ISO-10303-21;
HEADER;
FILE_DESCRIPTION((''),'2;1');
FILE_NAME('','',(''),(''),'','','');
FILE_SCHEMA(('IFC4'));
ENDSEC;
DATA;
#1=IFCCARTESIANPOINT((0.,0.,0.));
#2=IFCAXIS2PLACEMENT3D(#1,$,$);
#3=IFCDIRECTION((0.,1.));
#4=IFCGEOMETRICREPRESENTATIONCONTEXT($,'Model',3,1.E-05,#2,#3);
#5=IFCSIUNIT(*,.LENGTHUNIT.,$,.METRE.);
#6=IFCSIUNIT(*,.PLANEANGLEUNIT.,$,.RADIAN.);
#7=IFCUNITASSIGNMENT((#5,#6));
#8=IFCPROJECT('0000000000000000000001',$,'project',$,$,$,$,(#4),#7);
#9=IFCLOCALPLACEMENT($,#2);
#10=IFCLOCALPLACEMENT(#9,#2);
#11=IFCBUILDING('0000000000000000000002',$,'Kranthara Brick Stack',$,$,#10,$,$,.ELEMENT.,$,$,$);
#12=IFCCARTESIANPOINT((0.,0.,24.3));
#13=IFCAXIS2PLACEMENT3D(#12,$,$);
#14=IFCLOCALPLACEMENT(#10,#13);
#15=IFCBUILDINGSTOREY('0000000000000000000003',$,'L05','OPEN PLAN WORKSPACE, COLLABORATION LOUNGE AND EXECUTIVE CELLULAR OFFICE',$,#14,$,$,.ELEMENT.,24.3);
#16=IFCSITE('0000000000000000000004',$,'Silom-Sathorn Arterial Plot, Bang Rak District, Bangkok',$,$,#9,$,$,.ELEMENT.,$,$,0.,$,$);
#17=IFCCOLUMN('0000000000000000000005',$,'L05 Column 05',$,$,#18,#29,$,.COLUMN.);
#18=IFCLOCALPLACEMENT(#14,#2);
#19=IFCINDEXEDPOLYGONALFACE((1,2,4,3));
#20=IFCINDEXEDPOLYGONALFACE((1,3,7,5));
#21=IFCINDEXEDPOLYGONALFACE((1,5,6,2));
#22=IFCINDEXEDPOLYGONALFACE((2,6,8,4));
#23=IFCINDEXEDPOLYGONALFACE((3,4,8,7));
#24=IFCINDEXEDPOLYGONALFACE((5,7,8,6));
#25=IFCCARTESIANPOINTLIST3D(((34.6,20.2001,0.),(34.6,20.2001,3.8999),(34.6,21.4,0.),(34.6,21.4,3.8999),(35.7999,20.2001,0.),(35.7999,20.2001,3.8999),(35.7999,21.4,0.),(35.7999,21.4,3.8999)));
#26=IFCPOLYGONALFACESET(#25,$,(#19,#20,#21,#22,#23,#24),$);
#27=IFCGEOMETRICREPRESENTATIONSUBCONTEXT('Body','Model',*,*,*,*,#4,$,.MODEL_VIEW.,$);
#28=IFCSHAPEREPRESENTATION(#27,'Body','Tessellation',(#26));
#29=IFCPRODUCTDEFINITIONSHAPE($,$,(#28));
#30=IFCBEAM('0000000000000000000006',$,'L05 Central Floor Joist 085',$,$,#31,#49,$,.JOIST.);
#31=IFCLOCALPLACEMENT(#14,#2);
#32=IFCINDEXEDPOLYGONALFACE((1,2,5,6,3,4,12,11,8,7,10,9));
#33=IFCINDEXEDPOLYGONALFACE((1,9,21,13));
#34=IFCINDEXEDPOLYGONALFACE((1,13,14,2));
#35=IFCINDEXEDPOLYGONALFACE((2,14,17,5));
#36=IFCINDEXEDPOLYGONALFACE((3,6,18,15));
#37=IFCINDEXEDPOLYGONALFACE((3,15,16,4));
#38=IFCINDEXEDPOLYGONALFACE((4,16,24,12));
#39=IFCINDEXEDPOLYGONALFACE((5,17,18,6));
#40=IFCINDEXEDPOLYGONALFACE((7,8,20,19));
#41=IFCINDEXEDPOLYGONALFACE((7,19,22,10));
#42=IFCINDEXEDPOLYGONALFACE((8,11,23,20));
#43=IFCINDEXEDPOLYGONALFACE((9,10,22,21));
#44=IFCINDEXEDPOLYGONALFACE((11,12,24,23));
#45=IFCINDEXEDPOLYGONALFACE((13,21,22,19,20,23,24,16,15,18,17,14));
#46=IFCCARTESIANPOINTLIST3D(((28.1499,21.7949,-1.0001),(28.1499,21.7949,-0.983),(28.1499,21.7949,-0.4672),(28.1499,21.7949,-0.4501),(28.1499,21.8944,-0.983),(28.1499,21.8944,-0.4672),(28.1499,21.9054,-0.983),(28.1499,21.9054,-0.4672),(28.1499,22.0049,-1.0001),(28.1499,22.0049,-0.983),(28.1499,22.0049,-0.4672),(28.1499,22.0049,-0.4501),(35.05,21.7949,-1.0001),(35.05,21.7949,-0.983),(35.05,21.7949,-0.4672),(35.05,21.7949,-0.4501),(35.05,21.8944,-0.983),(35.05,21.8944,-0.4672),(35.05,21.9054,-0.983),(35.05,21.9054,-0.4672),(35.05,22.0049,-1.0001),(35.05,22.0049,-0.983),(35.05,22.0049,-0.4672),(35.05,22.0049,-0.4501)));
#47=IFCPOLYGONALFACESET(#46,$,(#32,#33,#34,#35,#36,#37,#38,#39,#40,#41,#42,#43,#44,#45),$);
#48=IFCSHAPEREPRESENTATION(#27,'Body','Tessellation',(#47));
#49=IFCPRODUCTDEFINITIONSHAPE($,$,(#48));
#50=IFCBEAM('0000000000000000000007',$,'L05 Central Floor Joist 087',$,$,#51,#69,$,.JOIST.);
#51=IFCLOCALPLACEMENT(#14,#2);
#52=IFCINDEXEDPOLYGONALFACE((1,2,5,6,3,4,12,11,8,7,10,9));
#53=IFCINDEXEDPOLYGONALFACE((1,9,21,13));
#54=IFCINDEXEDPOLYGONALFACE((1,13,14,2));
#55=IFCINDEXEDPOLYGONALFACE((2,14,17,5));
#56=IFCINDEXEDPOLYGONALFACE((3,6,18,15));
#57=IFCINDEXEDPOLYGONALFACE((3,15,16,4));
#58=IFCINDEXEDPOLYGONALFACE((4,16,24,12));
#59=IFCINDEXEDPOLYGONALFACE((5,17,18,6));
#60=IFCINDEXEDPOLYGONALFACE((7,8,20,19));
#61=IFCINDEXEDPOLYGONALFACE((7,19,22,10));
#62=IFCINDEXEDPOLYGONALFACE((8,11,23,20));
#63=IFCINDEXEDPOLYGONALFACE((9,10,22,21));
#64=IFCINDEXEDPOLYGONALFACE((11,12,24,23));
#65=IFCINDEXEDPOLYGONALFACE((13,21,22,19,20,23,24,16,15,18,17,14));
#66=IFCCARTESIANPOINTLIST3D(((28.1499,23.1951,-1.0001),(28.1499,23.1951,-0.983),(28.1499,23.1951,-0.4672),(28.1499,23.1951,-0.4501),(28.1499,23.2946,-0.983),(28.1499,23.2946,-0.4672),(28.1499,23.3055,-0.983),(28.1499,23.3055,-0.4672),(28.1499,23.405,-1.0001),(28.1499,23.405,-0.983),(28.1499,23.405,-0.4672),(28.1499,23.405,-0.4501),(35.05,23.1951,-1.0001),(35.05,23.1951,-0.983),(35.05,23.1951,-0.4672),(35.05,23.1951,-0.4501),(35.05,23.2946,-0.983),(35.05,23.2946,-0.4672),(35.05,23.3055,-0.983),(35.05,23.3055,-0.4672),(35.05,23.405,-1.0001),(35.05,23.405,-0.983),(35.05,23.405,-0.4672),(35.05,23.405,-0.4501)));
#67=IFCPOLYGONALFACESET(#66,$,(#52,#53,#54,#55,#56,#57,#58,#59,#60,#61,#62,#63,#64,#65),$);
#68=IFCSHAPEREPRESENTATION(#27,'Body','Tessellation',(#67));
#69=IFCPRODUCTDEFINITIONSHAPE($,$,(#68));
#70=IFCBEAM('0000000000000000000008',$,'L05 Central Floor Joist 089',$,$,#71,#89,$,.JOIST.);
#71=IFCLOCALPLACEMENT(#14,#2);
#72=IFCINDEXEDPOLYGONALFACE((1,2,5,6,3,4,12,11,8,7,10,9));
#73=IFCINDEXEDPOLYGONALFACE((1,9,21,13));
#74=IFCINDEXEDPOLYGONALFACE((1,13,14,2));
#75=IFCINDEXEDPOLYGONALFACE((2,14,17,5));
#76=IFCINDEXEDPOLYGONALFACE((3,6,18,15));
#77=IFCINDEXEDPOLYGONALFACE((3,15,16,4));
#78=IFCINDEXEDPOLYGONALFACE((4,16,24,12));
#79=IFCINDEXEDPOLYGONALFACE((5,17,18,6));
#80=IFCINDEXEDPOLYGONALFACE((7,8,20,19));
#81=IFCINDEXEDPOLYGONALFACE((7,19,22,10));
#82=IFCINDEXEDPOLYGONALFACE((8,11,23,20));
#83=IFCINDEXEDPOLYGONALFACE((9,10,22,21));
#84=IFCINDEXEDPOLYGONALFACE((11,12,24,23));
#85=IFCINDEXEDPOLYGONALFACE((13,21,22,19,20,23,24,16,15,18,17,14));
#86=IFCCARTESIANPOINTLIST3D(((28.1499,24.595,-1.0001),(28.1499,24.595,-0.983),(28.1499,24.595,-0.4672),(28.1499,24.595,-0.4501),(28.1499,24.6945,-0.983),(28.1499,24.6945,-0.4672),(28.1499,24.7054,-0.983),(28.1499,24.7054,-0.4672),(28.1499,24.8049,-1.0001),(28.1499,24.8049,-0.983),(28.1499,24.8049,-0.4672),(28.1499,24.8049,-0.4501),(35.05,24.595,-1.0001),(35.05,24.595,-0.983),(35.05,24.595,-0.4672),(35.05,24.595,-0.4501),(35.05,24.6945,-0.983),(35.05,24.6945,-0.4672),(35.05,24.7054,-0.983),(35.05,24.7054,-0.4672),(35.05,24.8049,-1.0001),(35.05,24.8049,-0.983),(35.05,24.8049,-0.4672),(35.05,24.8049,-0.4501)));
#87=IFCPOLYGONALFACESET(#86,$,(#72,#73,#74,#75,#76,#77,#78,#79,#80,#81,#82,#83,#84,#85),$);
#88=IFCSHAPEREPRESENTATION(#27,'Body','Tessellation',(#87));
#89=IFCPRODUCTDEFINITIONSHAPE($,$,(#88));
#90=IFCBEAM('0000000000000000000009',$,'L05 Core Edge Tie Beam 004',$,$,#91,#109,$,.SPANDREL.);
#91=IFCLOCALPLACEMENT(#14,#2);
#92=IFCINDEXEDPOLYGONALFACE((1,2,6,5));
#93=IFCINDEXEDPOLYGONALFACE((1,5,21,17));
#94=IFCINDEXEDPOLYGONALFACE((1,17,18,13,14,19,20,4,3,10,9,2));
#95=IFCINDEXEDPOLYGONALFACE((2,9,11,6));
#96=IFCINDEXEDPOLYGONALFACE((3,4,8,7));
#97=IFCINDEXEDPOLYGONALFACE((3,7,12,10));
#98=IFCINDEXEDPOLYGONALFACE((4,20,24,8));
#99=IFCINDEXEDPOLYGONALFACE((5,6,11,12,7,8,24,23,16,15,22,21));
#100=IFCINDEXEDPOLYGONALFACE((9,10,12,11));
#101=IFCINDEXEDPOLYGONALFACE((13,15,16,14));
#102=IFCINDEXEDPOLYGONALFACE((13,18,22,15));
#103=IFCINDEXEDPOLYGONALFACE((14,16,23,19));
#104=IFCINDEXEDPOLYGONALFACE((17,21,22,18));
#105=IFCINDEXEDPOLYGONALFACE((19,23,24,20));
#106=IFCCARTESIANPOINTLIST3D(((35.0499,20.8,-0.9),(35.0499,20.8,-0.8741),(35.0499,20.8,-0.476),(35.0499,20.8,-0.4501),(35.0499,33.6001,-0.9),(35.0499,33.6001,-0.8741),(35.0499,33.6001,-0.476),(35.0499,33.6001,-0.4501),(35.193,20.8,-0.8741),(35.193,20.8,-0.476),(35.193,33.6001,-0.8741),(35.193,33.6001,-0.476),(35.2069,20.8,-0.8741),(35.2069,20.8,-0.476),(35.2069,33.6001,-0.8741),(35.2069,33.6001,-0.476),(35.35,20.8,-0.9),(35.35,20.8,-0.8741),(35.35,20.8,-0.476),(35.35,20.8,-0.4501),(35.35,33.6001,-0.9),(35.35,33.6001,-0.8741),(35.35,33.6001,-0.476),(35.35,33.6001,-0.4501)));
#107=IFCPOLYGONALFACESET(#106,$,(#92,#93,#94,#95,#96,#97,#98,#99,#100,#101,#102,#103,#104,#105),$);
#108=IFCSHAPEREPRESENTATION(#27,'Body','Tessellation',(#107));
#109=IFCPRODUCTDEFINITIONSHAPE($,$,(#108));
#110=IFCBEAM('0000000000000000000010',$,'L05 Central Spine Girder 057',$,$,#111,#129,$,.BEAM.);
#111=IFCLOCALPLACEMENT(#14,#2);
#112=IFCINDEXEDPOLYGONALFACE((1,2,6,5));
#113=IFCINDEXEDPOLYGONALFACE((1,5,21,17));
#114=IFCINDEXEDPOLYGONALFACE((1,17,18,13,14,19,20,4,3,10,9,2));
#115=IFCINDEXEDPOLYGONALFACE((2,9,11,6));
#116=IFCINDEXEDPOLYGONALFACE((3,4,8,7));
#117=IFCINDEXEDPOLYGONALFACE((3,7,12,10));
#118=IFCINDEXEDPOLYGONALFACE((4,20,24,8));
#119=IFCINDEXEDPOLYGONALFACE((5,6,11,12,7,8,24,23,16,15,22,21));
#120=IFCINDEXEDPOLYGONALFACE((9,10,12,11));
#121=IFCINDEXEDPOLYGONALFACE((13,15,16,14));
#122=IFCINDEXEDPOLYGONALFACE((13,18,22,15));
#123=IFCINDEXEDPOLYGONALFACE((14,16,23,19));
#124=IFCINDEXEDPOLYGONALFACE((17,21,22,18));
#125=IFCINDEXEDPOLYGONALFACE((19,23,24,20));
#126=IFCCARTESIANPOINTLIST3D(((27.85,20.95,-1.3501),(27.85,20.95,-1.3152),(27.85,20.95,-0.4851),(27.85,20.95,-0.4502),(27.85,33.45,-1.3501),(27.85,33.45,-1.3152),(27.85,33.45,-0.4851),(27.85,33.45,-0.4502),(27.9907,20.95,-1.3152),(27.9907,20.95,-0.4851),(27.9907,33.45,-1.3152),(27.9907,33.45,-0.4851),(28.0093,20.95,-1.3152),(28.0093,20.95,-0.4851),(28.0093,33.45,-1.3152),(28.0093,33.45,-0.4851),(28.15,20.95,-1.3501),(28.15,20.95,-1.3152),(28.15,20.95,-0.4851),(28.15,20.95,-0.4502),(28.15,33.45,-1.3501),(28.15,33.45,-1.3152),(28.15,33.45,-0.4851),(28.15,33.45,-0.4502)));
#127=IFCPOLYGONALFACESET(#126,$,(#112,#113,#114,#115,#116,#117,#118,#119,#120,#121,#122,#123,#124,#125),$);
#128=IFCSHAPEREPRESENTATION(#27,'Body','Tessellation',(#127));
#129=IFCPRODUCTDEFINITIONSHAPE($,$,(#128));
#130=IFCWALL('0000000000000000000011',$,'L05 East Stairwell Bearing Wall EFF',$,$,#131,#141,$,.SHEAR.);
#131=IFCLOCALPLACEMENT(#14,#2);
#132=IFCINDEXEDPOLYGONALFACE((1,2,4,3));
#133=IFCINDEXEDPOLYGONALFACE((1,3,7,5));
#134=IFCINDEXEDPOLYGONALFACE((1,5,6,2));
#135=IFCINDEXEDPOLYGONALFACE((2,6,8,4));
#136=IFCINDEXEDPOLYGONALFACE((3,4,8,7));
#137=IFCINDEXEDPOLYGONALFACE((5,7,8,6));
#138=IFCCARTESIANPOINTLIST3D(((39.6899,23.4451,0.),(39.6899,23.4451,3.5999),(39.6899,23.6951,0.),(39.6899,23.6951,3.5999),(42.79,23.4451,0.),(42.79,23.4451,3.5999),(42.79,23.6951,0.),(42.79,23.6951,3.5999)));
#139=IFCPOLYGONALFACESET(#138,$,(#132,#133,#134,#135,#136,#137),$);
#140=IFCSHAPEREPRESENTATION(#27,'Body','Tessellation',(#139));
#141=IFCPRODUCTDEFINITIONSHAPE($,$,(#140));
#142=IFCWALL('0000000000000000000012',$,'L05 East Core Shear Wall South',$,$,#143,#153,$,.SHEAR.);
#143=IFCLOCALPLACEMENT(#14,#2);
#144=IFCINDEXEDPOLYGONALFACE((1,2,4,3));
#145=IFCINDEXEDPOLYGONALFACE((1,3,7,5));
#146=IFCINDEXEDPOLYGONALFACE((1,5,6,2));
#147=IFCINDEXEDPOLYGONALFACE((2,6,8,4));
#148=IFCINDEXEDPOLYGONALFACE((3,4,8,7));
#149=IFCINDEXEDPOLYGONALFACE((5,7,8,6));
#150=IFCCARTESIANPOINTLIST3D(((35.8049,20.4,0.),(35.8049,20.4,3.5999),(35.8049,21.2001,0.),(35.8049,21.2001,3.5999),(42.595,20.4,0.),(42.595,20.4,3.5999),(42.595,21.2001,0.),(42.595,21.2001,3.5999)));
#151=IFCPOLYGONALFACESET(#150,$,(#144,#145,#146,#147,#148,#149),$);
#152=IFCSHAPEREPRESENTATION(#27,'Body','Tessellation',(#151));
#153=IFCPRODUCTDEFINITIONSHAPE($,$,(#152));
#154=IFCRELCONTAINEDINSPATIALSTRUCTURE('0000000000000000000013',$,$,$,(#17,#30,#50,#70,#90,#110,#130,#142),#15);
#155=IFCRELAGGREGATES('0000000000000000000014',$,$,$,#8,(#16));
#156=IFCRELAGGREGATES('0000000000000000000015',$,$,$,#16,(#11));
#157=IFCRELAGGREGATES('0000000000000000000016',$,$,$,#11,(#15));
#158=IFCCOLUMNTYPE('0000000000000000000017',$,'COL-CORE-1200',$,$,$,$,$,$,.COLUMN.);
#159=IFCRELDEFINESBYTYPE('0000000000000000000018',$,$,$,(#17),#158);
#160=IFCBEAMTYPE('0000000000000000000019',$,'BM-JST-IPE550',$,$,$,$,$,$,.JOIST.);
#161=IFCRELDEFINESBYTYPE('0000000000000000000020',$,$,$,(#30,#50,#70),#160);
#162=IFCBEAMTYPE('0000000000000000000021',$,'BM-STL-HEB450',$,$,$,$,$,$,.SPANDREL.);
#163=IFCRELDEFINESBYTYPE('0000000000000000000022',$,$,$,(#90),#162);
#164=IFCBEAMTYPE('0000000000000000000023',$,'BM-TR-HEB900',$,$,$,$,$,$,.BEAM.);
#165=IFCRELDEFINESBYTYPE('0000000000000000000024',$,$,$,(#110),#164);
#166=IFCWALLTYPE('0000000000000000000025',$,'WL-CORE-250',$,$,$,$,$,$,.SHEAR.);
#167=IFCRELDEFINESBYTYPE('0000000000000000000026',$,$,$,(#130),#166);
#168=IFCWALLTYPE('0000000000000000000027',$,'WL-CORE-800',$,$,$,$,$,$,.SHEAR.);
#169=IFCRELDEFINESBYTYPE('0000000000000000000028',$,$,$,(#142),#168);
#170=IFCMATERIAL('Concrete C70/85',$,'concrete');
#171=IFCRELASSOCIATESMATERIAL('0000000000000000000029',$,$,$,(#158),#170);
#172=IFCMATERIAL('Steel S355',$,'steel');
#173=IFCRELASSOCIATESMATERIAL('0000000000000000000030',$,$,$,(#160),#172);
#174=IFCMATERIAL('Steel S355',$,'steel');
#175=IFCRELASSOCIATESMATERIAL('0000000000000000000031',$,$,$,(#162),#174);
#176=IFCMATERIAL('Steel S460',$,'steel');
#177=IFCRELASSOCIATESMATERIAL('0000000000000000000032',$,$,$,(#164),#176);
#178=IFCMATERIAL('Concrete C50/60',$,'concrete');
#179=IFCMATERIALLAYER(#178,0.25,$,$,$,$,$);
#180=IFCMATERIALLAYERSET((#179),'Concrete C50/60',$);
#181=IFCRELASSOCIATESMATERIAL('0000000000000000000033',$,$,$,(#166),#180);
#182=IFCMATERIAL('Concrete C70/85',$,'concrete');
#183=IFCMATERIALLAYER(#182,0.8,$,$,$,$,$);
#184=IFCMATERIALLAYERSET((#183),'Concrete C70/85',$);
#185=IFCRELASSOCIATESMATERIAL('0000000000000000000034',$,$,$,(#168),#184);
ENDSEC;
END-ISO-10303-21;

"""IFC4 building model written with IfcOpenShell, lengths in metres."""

from ifc_helpers import new_model, si_unit, direction, frame, frame_2d, origin, origin_2d, place, context, subcontext, project, spatial, rectangle, i_section, extrude, material, layer, layer_set, material_profile, profile_set, type_object, element, save


model = new_model("IFC4")

# Units and contexts
model_context = context("Model", 3, precision=1e-05, world=origin(), true_north=direction((0.0, 1.0)))
body_context = subcontext(model_context, "Body", "Model", "MODEL_VIEW")
ifc_project = project(units=[si_unit("LENGTHUNIT", "METRE"), si_unit("PLANEANGLEUNIT", "RADIAN")], contexts=[model_context])

# Site, building, storey
site_placement = place(None, origin())
site = spatial("IfcSite", under=ifc_project, at=site_placement, Name="Silom-Sathorn Arterial Plot, Bang Rak District, Bangkok", CompositionType="ELEMENT", RefElevation=0.0)
building_placement = place(site_placement, origin())
building = spatial("IfcBuilding", under=site, at=building_placement, Name="Kranthara Brick Stack", CompositionType="ELEMENT")
storey_placement = place(building_placement, frame((0.0, 0.0, 24.3)))
storey = spatial("IfcBuildingStorey", under=building, at=storey_placement, Name="L05", Description="OPEN PLAN WORKSPACE, COLLABORATION LOUNGE AND EXECUTIVE CELLULAR OFFICE", CompositionType="ELEMENT", Elevation=24.3)

# Column
ifc_material_1 = material(Name="Concrete C70/85", Category="concrete")
ifc_material_profile_1 = material_profile(ifc_material_1, rectangle(XDim=1.2, YDim=1.2, at=origin_2d()), Name="RC 1200x1200")
ifc_profile_set_1 = profile_set([ifc_material_profile_1], Name="Concrete C70/85")
column_type = type_object("IfcColumnType", Name="COL-CORE-1200", PredefinedType="COLUMN", material=ifc_profile_set_1)
column_placement = place(storey_placement, frame((35.2, 20.8, 0.0), z_axis=(0.0, 0.0, 1.0), x_axis=(1.0, 0.0, 0.0)))
element("IfcColumn", 1, at=column_placement, inside=storey, type_object=column_type, Name="L05 Column 05", PredefinedType="COLUMN", context=body_context, shape_type="SweptSolid", body=[
    extrude(rectangle(XDim=1.2, YDim=1.2, at=origin_2d()), origin(), (0.0, 0.0, 1.0), 3.8999),
])

# Beams
ifc_material_2 = material(Name="Steel S355", Category="steel")
ifc_material_profile_2 = material_profile(ifc_material_2, i_section(OverallWidth=0.21, OverallDepth=0.55, WebThickness=0.011, FlangeThickness=0.0171, at=origin_2d()), Name="IPE 550")
ifc_profile_set_2 = profile_set([ifc_material_profile_2], Name="Steel S355")
beam_type_1 = type_object("IfcBeamType", Name="BM-JST-IPE550", PredefinedType="JOIST", material=ifc_profile_set_2)
for number, where, z_axis, x_axis, name in (
    (2, (28.1499, 21.8999, -0.7251), (1.0, 0.0, 0.0), (0.0, 1.0, 0.0), "L05 Central Floor Joist 085"),
    (3, (28.1499, 23.3, -0.7251), (1.0, 0.0, 0.0), (0.0, 1.0, 0.0), "L05 Central Floor Joist 087"),
    (4, (28.1499, 24.7, -0.7251), (1.0, 0.0, 0.0), (0.0, 1.0, 0.0), "L05 Central Floor Joist 089"),
):
    element("IfcBeam", number, at=place(storey_placement, frame(where, z_axis=z_axis, x_axis=x_axis)), inside=storey, type_object=beam_type_1, Name=name, PredefinedType="JOIST", context=body_context, shape_type="SweptSolid", body=[
        extrude(i_section(OverallWidth=0.21, OverallDepth=0.55, WebThickness=0.011, FlangeThickness=0.0171, at=origin_2d()), origin(), (0.0, 0.0, 1.0), 6.9001),
    ])
ifc_material_3 = material(Name="Steel S355", Category="steel")
ifc_material_profile_3 = material_profile(ifc_material_3, i_section(OverallWidth=0.3, OverallDepth=0.45, WebThickness=0.0139, FlangeThickness=0.0259, at=origin_2d()), Name="HEB 450")
ifc_profile_set_3 = profile_set([ifc_material_profile_3], Name="Steel S355")
beam_type_2 = type_object("IfcBeamType", Name="BM-STL-HEB450", PredefinedType="SPANDREL", material=ifc_profile_set_3)
beam_1_placement = place(storey_placement, frame((35.2, 20.8, -0.675), z_axis=(0.0, 1.0, 0.0), x_axis=(-1.0, 0.0, 0.0)))
element("IfcBeam", 5, at=beam_1_placement, inside=storey, type_object=beam_type_2, Name="L05 Core Edge Tie Beam 004", PredefinedType="SPANDREL", context=body_context, shape_type="SweptSolid", body=[
    extrude(i_section(OverallWidth=0.3, OverallDepth=0.45, WebThickness=0.0139, FlangeThickness=0.0259, at=origin_2d()), origin(), (0.0, 0.0, 1.0), 12.8),
])
ifc_material_4 = material(Name="Steel S460", Category="steel")
ifc_material_profile_4 = material_profile(ifc_material_4, i_section(OverallWidth=0.3, OverallDepth=0.8999, WebThickness=0.0186, FlangeThickness=0.0349, at=origin_2d()), Name="HEB 900")
ifc_profile_set_4 = profile_set([ifc_material_profile_4], Name="Steel S460")
beam_type_3 = type_object("IfcBeamType", Name="BM-TR-HEB900", PredefinedType="BEAM", material=ifc_profile_set_4)
beam_2_placement = place(storey_placement, frame((28.0, 20.95, -0.9001), z_axis=(0.0, 1.0, 0.0), x_axis=(-1.0, 0.0, 0.0)))
element("IfcBeam", 6, at=beam_2_placement, inside=storey, type_object=beam_type_3, Name="L05 Central Spine Girder 057", PredefinedType="BEAM", context=body_context, shape_type="SweptSolid", body=[
    extrude(i_section(OverallWidth=0.3, OverallDepth=0.8999, WebThickness=0.0186, FlangeThickness=0.0349, at=origin_2d()), origin(), (0.0, 0.0, 1.0), 12.5),
])

# Shared definitions
ifc_material_5 = material(Name="Concrete C50/60", Category="concrete")
ifc_layer_1 = layer(ifc_material_5, 0.25)
ifc_layer_set_1 = layer_set([ifc_layer_1], Name="Concrete C50/60")
wall_type_1 = type_object("IfcWallType", Name="WL-CORE-250", PredefinedType="SHEAR", material=ifc_layer_set_1)

# Walls
wall_1_placement = place(storey_placement, frame((39.6899, 23.5701, 0.0), z_axis=(0.0, 0.0, 1.0), x_axis=(1.0, 0.0, 0.0)))
element("IfcWall", 7, at=wall_1_placement, inside=storey, type_object=wall_type_1, Name="L05 East Stairwell Bearing Wall EFF", PredefinedType="SHEAR", context=body_context, shape_type="SweptSolid", body=[
    extrude(rectangle(XDim=3.1001, YDim=0.25, at=frame_2d((1.55, 0.0))), origin(), (0.0, 0.0, 1.0), 3.5999),
])
ifc_material_6 = material(Name="Concrete C70/85", Category="concrete")
ifc_layer_2 = layer(ifc_material_6, 0.8)
ifc_layer_set_2 = layer_set([ifc_layer_2], Name="Concrete C70/85")
wall_type_2 = type_object("IfcWallType", Name="WL-CORE-800", PredefinedType="SHEAR", material=ifc_layer_set_2)
wall_2_placement = place(storey_placement, frame((35.8049, 20.8, 0.0), z_axis=(0.0, 0.0, 1.0), x_axis=(1.0, 0.0, 0.0)))
element("IfcWall", 8, at=wall_2_placement, inside=storey, type_object=wall_type_2, Name="L05 East Core Shear Wall South", PredefinedType="SHEAR", context=body_context, shape_type="SweptSolid", body=[
    extrude(rectangle(XDim=6.79, YDim=0.8, at=frame_2d((3.395, 0.0))), origin(), (0.0, 0.0, 1.0), 3.5999),
])

save(model, "model.ifc")
